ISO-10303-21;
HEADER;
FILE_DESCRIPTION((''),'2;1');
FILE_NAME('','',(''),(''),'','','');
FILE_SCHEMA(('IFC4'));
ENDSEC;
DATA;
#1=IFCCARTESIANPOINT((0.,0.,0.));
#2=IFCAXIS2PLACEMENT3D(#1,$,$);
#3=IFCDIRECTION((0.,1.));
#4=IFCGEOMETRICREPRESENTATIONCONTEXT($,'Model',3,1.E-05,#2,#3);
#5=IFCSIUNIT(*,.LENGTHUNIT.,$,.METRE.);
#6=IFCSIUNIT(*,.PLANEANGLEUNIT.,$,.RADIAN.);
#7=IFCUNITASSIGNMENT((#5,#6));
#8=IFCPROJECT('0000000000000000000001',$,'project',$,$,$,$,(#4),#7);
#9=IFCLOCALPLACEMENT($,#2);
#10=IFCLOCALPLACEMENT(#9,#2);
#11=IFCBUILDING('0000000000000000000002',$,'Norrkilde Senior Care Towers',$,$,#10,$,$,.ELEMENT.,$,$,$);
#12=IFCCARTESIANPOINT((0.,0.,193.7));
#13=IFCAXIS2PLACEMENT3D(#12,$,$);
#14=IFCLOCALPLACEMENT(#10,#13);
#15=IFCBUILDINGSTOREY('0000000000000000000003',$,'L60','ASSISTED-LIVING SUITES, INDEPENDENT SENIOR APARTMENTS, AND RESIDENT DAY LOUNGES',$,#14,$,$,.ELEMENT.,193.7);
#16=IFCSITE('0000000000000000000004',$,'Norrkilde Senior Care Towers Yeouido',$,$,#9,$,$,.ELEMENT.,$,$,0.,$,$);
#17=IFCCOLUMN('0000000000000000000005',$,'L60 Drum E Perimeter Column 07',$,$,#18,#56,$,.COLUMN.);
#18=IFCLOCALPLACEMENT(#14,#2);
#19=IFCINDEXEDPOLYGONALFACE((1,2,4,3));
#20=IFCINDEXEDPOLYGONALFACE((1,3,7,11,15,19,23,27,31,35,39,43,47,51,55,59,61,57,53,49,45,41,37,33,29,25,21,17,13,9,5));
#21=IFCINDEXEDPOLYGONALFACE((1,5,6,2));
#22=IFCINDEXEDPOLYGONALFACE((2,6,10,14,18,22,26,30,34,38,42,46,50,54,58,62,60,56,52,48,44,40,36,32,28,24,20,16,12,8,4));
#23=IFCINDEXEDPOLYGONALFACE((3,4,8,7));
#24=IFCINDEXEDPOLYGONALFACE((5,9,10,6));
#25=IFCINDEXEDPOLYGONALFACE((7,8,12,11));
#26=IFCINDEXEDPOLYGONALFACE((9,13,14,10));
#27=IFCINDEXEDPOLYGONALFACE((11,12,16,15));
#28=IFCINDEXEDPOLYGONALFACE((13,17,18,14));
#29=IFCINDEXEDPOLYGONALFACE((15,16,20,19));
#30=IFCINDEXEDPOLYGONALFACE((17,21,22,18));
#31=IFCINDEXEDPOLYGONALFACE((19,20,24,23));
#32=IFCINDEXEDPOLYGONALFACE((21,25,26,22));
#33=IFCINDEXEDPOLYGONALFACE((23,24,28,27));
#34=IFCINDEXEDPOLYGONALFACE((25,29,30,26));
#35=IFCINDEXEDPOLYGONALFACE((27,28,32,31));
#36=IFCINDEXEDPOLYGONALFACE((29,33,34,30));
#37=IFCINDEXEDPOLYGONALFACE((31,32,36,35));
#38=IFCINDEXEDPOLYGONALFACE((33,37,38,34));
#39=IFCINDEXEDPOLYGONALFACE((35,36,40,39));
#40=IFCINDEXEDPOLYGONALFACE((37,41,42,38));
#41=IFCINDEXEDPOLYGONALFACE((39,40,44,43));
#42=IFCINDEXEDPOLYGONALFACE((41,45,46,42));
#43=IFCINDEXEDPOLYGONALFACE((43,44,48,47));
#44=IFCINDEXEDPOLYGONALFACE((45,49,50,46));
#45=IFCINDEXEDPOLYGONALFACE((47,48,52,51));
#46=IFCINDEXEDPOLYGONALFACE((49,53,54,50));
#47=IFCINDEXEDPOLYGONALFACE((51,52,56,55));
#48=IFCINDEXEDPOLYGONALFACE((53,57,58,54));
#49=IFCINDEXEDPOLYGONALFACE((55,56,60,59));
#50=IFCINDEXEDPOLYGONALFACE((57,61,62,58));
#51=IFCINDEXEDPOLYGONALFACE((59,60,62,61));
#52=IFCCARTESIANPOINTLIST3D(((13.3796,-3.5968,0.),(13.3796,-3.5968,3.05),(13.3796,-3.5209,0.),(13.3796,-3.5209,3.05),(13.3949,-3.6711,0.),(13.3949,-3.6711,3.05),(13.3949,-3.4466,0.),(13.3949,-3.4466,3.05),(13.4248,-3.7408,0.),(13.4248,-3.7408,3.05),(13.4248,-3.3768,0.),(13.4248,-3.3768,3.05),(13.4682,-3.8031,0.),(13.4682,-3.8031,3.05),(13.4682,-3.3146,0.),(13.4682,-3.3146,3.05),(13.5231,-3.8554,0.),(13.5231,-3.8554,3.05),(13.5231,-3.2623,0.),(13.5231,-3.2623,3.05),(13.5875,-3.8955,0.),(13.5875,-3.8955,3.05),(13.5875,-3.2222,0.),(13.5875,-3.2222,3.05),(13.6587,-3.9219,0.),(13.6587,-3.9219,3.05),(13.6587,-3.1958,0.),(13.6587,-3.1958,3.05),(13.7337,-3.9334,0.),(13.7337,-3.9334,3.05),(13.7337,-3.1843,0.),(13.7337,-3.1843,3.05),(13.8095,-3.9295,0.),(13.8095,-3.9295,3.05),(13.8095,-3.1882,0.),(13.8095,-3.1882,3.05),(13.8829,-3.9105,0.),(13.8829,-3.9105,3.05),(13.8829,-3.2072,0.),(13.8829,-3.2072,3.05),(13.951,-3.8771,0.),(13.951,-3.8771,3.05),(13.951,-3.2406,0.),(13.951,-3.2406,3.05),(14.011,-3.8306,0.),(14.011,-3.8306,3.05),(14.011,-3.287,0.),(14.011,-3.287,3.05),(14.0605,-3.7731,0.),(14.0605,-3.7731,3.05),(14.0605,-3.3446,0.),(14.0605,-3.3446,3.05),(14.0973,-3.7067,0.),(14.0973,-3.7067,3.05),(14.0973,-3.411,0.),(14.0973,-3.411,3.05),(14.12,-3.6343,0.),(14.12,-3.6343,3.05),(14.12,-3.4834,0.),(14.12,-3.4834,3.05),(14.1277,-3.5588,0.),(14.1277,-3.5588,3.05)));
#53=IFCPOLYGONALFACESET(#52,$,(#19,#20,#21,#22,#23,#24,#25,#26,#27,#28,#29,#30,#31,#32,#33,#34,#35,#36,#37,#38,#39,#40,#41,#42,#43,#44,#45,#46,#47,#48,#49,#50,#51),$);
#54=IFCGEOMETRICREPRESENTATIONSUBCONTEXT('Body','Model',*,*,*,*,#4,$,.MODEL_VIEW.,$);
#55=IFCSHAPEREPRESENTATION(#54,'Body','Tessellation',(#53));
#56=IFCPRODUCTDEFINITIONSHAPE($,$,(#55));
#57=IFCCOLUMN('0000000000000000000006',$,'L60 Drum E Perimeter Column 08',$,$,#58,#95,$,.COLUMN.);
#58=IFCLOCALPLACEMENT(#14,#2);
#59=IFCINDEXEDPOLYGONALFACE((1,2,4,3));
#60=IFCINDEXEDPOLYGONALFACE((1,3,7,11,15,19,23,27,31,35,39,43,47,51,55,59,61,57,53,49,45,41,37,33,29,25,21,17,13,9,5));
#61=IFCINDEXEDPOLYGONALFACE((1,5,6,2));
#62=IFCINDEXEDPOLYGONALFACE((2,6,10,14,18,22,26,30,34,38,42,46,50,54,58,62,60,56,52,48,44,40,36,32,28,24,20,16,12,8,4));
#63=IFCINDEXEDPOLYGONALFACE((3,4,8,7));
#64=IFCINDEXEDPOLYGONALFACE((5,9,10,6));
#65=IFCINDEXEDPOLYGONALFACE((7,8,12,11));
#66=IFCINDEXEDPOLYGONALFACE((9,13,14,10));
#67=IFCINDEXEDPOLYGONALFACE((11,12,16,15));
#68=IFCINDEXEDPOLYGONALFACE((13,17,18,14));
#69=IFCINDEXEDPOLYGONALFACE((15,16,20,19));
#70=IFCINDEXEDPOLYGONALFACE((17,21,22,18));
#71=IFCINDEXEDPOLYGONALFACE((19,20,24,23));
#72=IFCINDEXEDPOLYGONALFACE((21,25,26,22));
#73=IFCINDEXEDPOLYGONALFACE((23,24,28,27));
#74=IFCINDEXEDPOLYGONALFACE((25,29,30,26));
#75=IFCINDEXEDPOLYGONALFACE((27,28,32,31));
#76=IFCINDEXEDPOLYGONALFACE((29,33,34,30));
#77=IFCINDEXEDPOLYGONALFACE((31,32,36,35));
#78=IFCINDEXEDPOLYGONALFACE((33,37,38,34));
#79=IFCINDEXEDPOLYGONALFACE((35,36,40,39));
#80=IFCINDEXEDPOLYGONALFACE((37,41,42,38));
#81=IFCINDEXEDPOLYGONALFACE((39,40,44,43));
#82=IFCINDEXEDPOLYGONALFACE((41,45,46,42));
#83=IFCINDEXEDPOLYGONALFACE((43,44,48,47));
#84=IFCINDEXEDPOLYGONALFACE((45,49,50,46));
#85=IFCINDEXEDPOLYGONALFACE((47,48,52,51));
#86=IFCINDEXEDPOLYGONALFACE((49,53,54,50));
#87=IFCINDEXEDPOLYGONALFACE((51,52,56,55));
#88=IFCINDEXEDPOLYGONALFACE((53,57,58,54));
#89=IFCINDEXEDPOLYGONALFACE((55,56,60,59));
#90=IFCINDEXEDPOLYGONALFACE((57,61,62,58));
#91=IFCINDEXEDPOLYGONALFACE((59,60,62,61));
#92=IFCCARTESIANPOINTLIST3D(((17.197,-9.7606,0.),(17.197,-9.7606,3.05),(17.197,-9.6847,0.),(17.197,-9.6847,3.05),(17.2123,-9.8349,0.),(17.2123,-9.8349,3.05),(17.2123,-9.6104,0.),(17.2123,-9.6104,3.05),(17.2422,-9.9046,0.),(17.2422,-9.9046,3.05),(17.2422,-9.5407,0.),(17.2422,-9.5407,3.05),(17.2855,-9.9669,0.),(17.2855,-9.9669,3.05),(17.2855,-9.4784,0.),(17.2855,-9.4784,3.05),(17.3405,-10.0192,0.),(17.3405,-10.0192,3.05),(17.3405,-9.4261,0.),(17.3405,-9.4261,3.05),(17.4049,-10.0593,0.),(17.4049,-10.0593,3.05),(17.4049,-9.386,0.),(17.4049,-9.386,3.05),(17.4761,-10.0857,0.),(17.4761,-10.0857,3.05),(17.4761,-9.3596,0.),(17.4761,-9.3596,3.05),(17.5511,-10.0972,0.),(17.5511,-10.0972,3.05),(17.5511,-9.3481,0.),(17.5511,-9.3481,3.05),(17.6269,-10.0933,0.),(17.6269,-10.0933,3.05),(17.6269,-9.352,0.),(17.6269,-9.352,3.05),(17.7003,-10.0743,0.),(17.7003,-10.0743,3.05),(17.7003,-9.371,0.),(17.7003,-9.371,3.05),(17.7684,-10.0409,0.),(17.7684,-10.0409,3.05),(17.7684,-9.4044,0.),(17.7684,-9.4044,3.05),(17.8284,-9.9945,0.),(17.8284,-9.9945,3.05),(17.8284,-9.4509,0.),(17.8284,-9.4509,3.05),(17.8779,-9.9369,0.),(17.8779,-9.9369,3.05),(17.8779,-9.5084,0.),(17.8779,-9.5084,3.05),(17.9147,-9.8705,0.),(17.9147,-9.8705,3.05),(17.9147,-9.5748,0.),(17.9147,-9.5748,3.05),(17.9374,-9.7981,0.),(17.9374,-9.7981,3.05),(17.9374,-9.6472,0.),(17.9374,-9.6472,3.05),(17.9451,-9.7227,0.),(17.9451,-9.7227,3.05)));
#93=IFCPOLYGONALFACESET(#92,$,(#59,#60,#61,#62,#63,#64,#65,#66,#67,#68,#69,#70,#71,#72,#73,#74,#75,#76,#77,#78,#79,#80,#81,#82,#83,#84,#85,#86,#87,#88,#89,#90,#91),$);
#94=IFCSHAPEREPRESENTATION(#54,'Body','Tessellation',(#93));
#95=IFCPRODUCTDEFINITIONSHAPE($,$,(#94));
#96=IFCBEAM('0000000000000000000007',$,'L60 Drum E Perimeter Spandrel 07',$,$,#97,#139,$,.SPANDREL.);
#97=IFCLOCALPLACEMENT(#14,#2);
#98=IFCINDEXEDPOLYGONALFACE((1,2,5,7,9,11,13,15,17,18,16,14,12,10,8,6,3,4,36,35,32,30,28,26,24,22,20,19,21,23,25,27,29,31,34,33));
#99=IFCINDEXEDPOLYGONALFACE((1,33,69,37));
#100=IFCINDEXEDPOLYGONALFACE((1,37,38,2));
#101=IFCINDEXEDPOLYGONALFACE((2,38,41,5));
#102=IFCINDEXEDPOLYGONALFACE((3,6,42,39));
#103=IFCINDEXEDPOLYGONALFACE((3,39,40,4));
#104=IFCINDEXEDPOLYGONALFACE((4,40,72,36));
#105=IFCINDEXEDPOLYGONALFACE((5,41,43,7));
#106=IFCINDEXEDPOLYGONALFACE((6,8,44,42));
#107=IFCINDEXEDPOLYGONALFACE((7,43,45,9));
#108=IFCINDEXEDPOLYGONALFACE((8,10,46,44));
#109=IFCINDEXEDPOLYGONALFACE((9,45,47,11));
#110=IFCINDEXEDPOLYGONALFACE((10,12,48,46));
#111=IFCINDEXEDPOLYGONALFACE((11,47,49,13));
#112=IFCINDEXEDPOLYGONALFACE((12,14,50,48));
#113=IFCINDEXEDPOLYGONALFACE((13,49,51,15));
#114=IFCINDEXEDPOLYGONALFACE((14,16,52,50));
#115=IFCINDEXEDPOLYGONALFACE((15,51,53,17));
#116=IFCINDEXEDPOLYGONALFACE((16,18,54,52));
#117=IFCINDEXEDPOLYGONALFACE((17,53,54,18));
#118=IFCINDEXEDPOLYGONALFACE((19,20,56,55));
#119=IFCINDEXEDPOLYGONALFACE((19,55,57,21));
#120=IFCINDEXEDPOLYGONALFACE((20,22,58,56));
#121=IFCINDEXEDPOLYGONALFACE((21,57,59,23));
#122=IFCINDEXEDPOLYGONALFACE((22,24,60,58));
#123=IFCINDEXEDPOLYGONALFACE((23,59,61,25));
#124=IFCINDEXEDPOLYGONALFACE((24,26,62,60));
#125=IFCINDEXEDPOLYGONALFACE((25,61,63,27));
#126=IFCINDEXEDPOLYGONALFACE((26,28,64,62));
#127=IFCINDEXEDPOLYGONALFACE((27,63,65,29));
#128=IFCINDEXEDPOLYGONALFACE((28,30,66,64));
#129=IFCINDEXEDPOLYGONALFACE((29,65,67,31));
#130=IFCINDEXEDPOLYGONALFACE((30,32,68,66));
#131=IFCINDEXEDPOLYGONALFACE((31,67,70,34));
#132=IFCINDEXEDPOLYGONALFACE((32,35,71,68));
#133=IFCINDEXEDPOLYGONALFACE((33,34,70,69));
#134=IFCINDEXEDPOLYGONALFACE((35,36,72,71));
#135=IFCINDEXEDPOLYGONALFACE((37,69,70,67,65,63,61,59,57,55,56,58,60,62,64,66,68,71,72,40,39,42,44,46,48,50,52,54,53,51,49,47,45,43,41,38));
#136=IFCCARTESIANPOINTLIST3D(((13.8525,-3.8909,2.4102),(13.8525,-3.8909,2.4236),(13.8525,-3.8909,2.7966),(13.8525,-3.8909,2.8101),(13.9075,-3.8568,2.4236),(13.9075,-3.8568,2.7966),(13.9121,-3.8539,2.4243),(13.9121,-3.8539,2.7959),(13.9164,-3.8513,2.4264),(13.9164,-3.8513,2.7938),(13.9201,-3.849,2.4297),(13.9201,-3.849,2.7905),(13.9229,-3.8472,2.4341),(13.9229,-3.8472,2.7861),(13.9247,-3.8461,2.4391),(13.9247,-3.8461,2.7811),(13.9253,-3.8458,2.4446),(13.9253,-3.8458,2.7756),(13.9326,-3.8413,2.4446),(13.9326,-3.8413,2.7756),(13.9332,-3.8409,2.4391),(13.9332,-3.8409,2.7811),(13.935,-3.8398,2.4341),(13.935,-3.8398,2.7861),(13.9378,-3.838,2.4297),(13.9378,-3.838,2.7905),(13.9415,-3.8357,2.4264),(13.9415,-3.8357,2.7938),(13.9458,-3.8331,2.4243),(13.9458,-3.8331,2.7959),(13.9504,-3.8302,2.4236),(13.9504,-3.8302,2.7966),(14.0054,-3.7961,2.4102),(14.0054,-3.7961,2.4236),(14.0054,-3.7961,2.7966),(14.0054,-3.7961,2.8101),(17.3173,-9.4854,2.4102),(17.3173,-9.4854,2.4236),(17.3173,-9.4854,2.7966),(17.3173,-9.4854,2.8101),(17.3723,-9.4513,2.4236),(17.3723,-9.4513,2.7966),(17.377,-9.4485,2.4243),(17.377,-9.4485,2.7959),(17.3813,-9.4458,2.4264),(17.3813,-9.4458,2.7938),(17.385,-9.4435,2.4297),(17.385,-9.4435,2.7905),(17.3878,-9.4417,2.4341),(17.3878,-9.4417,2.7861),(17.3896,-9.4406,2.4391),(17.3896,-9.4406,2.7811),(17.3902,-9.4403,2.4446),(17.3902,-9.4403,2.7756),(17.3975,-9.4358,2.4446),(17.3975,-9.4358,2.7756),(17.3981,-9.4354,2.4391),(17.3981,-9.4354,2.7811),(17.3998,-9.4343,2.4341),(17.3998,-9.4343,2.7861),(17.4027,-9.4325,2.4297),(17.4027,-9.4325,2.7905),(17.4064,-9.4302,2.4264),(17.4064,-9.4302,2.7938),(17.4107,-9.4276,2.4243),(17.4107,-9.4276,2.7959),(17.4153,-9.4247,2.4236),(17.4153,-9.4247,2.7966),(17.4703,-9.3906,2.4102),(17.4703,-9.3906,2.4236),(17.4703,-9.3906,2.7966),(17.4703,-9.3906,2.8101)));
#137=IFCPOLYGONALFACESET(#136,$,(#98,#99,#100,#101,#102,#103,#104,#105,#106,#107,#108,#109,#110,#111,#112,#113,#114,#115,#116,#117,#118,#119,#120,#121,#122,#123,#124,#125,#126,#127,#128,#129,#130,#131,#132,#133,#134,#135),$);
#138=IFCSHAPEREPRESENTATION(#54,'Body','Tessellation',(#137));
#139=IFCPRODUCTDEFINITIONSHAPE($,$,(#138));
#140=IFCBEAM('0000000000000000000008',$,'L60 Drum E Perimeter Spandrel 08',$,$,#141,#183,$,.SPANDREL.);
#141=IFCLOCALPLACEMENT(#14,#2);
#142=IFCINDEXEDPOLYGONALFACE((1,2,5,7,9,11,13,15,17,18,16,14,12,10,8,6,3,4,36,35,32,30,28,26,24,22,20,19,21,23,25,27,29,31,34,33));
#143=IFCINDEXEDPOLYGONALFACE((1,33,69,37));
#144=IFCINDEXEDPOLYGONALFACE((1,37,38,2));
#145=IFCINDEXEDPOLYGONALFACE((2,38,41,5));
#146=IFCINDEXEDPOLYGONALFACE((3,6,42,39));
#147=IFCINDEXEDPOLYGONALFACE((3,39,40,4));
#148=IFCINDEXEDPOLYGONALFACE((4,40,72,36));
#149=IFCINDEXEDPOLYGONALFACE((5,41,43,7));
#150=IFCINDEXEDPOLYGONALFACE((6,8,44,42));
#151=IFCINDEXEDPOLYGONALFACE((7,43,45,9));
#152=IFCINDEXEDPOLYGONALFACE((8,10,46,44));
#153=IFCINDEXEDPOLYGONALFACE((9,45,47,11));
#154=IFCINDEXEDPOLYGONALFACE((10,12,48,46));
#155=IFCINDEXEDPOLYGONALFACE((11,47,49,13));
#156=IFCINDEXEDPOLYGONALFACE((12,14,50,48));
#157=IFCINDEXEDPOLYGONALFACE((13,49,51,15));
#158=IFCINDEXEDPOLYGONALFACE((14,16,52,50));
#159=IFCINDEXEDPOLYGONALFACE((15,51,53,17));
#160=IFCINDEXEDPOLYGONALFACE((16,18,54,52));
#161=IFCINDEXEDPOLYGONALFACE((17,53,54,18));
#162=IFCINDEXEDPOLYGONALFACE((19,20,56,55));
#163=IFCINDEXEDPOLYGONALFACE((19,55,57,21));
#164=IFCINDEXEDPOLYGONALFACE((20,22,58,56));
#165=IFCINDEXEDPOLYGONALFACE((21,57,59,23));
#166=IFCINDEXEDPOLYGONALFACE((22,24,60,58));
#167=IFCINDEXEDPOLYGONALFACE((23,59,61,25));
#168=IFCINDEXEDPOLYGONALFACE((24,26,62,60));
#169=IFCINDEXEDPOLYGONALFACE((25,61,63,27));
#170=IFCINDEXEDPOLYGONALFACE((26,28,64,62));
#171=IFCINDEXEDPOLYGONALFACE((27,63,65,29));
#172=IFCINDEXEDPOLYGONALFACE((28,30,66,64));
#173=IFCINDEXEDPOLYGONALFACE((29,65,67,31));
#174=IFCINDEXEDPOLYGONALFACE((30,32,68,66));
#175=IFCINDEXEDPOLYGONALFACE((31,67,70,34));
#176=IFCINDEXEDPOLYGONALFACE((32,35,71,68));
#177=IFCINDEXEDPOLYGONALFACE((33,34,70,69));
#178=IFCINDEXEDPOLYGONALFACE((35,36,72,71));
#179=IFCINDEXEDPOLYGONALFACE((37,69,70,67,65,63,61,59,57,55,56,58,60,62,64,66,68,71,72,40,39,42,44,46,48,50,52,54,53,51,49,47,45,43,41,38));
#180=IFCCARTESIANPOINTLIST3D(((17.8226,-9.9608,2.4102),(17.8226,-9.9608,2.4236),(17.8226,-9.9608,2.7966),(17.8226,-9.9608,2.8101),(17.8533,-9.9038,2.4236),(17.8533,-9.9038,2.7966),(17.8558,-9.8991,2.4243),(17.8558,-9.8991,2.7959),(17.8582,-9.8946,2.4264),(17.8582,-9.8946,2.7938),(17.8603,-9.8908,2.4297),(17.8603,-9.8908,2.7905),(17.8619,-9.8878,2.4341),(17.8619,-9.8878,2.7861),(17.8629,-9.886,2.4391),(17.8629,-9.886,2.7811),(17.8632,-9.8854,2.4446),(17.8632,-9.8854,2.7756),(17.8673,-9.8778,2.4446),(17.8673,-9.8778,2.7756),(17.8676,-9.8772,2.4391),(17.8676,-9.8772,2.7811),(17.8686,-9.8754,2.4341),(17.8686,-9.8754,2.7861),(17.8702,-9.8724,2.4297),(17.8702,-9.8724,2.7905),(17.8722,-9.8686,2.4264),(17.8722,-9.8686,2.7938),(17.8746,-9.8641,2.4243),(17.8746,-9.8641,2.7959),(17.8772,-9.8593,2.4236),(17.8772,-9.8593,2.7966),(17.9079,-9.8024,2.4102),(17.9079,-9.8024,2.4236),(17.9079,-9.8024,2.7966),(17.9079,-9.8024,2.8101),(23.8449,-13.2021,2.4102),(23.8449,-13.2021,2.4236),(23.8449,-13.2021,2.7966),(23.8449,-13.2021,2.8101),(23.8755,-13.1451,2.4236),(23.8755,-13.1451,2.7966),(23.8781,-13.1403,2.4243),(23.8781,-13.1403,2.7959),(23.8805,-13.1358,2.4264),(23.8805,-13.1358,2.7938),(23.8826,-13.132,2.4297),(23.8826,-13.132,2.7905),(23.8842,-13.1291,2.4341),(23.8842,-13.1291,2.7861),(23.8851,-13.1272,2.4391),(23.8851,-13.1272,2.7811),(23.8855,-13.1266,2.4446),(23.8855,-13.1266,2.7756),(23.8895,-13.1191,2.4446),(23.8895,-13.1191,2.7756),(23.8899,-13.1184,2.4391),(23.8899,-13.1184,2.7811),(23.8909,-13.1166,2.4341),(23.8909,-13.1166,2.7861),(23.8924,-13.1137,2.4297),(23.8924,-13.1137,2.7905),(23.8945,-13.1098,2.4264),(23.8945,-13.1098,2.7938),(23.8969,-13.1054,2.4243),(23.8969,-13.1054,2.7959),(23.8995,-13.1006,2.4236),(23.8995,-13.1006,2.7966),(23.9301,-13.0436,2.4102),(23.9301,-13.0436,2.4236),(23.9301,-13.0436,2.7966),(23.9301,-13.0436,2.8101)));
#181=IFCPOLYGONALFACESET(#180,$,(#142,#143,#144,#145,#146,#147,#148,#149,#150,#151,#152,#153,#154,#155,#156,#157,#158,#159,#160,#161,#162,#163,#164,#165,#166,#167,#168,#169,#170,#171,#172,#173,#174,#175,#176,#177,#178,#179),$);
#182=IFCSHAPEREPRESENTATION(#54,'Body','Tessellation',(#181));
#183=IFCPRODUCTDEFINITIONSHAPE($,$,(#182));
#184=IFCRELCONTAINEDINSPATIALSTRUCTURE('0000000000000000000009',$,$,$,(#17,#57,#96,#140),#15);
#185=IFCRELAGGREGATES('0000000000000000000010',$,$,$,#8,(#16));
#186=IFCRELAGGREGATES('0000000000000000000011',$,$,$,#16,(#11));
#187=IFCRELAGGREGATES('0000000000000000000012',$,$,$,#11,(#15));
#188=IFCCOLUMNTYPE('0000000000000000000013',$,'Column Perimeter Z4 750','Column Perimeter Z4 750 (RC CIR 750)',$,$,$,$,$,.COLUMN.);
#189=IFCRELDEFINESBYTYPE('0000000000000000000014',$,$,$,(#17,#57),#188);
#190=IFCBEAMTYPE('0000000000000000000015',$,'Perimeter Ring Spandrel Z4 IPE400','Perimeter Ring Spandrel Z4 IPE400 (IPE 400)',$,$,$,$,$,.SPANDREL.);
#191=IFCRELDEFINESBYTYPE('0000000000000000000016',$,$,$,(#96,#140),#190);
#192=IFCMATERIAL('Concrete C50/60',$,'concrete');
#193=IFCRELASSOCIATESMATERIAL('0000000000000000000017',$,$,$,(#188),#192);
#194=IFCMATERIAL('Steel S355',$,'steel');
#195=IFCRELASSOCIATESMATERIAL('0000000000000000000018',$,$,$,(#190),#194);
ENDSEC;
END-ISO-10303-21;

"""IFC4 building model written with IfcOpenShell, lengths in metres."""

from ifc_helpers import new_model, si_unit, direction, frame, origin, origin_2d, place, context, subcontext, project, spatial, circle, i_section, extrude, source, transform, mapped, material, material_profile, profile_set, type_object, type_shapes, element, save


model = new_model("IFC4")

# Units and contexts
model_context = context("Model", 3, precision=1e-05, world=origin(), true_north=direction((0.0, 1.0)))
body_context = subcontext(model_context, "Body", "Model", "MODEL_VIEW")
ifc_project = project(units=[si_unit("LENGTHUNIT", "METRE"), si_unit("PLANEANGLEUNIT", "RADIAN")], contexts=[model_context])

# Site, building, storey
site_placement = place(None, origin())
site = spatial("IfcSite", under=ifc_project, at=site_placement, Name="Norrkilde Senior Care Towers Yeouido", CompositionType="ELEMENT", RefElevation=0.0)
building_placement = place(site_placement, origin())
building = spatial("IfcBuilding", under=site, at=building_placement, Name="Norrkilde Senior Care Towers", CompositionType="ELEMENT")
storey_placement = place(building_placement, frame((0.0, 0.0, 193.7)))
storey = spatial("IfcBuildingStorey", under=building, at=storey_placement, Name="L60", Description="ASSISTED-LIVING SUITES, INDEPENDENT SENIOR APARTMENTS, AND RESIDENT DAY LOUNGES", CompositionType="ELEMENT", Elevation=193.7)

# Columns
ifc_material_1 = material(Name="Concrete C50/60", Category="concrete")
ifc_material_profile_1 = material_profile(ifc_material_1, circle(Radius=0.375, at=origin_2d()), Name="RC CIR 750")
ifc_profile_set_1 = profile_set([ifc_material_profile_1], Name="Concrete C50/60")
column_type = type_object("IfcColumnType", Name="Column Perimeter Z4 750", Description="Column Perimeter Z4 750 (RC CIR 750)", PredefinedType="COLUMN", material=ifc_profile_set_1)
shared_shape_1 = source(origin(), body_context, "Body", "SweptSolid", [
    extrude(circle(Radius=0.375, at=origin_2d()), origin(), (0.0, 0.0, 1.0), 3.05),
])
type_shapes(column_type, [shared_shape_1])
for number, where, z_axis, x_axis, name in (
    (1, (13.7527, -3.5588, 0.0), (0.0, 0.0, 1.0), (1.0, 0.0, 0.0), "L60 Drum E Perimeter Column 07"),
    (2, (17.5701, -9.7227, 0.0), (0.0, 0.0, 1.0), (1.0, 0.0, 0.0), "L60 Drum E Perimeter Column 08"),
):
    element("IfcColumn", number, at=place(storey_placement, frame(where, z_axis=z_axis, x_axis=x_axis)), inside=storey, type_object=column_type, Name=name, PredefinedType="COLUMN", context=body_context, shape_type="MappedRepresentation", body=[
        mapped(shared_shape_1, transform((0.0, 0.0, 0.0), x_axis=(1.0, 0.0, 0.0), y_axis=(0.0, 1.0, 0.0), z_axis=(0.0, 0.0, 1.0), scale=1.0)),
    ])

# Beams
ifc_material_2 = material(Name="Steel S355", Category="steel")
ifc_material_profile_2 = material_profile(ifc_material_2, i_section(OverallWidth=0.1799, OverallDepth=0.3999, WebThickness=0.0085, FlangeThickness=0.0134, FilletRadius=0.021, at=origin_2d()), Name="IPE 400")
ifc_profile_set_2 = profile_set([ifc_material_profile_2], Name="Steel S355")
beam_type_1 = type_object("IfcBeamType", Name="Perimeter Ring Spandrel Z4 IPE400", Description="Perimeter Ring Spandrel Z4 IPE400 (IPE 400)", PredefinedType="SPANDREL", material=ifc_profile_set_2)
shared_shape_2 = source(origin(), body_context, "Body", "SweptSolid", [
    extrude(i_section(OverallWidth=0.1799, OverallDepth=0.3999, WebThickness=0.0085, FlangeThickness=0.0134, FilletRadius=0.021, at=origin_2d()), origin(), (0.0, 0.0, 1.0), 6.5806),
])
beam_1_placement = place(storey_placement, frame((13.929, -3.8435, 2.6101), z_axis=(0.52653, -0.850157, 0.0), x_axis=(0.850157, 0.52653, 0.0)))
element("IfcBeam", 3, at=beam_1_placement, inside=storey, type_object=beam_type_1, Name="L60 Drum E Perimeter Spandrel 07", PredefinedType="SPANDREL", context=body_context, shape_type="MappedRepresentation", body=[
    mapped(shared_shape_2, transform((0.0, 0.0, 0.0), x_axis=(1.0, 0.0, 0.0), y_axis=(0.0, 1.0, 0.0), z_axis=(0.0, 0.0, 1.0), scale=1.0)),
])
shared_shape_3 = source(origin(), body_context, "Body", "SweptSolid", [
    extrude(i_section(OverallWidth=0.1799, OverallDepth=0.3999, WebThickness=0.0085, FlangeThickness=0.0134, FilletRadius=0.021, at=origin_2d()), origin(), (0.0, 0.0, 1.0), 6.8391),
])
type_shapes(beam_type_1, [shared_shape_2, shared_shape_3])
beam_2_placement = place(storey_placement, frame((17.8652, -9.8816, 2.6101), z_axis=(0.880564, -0.473927, 0.0), x_axis=(0.473927, 0.880564, 0.0)))
element("IfcBeam", 4, at=beam_2_placement, inside=storey, type_object=beam_type_1, Name="L60 Drum E Perimeter Spandrel 08", PredefinedType="SPANDREL", context=body_context, shape_type="MappedRepresentation", body=[
    mapped(shared_shape_3, transform((0.0, 0.0, 0.0), x_axis=(1.0, 0.0, 0.0), y_axis=(0.0, 1.0, 0.0), z_axis=(0.0, 0.0, 1.0), scale=1.0)),
])

save(model, "model.ifc")
